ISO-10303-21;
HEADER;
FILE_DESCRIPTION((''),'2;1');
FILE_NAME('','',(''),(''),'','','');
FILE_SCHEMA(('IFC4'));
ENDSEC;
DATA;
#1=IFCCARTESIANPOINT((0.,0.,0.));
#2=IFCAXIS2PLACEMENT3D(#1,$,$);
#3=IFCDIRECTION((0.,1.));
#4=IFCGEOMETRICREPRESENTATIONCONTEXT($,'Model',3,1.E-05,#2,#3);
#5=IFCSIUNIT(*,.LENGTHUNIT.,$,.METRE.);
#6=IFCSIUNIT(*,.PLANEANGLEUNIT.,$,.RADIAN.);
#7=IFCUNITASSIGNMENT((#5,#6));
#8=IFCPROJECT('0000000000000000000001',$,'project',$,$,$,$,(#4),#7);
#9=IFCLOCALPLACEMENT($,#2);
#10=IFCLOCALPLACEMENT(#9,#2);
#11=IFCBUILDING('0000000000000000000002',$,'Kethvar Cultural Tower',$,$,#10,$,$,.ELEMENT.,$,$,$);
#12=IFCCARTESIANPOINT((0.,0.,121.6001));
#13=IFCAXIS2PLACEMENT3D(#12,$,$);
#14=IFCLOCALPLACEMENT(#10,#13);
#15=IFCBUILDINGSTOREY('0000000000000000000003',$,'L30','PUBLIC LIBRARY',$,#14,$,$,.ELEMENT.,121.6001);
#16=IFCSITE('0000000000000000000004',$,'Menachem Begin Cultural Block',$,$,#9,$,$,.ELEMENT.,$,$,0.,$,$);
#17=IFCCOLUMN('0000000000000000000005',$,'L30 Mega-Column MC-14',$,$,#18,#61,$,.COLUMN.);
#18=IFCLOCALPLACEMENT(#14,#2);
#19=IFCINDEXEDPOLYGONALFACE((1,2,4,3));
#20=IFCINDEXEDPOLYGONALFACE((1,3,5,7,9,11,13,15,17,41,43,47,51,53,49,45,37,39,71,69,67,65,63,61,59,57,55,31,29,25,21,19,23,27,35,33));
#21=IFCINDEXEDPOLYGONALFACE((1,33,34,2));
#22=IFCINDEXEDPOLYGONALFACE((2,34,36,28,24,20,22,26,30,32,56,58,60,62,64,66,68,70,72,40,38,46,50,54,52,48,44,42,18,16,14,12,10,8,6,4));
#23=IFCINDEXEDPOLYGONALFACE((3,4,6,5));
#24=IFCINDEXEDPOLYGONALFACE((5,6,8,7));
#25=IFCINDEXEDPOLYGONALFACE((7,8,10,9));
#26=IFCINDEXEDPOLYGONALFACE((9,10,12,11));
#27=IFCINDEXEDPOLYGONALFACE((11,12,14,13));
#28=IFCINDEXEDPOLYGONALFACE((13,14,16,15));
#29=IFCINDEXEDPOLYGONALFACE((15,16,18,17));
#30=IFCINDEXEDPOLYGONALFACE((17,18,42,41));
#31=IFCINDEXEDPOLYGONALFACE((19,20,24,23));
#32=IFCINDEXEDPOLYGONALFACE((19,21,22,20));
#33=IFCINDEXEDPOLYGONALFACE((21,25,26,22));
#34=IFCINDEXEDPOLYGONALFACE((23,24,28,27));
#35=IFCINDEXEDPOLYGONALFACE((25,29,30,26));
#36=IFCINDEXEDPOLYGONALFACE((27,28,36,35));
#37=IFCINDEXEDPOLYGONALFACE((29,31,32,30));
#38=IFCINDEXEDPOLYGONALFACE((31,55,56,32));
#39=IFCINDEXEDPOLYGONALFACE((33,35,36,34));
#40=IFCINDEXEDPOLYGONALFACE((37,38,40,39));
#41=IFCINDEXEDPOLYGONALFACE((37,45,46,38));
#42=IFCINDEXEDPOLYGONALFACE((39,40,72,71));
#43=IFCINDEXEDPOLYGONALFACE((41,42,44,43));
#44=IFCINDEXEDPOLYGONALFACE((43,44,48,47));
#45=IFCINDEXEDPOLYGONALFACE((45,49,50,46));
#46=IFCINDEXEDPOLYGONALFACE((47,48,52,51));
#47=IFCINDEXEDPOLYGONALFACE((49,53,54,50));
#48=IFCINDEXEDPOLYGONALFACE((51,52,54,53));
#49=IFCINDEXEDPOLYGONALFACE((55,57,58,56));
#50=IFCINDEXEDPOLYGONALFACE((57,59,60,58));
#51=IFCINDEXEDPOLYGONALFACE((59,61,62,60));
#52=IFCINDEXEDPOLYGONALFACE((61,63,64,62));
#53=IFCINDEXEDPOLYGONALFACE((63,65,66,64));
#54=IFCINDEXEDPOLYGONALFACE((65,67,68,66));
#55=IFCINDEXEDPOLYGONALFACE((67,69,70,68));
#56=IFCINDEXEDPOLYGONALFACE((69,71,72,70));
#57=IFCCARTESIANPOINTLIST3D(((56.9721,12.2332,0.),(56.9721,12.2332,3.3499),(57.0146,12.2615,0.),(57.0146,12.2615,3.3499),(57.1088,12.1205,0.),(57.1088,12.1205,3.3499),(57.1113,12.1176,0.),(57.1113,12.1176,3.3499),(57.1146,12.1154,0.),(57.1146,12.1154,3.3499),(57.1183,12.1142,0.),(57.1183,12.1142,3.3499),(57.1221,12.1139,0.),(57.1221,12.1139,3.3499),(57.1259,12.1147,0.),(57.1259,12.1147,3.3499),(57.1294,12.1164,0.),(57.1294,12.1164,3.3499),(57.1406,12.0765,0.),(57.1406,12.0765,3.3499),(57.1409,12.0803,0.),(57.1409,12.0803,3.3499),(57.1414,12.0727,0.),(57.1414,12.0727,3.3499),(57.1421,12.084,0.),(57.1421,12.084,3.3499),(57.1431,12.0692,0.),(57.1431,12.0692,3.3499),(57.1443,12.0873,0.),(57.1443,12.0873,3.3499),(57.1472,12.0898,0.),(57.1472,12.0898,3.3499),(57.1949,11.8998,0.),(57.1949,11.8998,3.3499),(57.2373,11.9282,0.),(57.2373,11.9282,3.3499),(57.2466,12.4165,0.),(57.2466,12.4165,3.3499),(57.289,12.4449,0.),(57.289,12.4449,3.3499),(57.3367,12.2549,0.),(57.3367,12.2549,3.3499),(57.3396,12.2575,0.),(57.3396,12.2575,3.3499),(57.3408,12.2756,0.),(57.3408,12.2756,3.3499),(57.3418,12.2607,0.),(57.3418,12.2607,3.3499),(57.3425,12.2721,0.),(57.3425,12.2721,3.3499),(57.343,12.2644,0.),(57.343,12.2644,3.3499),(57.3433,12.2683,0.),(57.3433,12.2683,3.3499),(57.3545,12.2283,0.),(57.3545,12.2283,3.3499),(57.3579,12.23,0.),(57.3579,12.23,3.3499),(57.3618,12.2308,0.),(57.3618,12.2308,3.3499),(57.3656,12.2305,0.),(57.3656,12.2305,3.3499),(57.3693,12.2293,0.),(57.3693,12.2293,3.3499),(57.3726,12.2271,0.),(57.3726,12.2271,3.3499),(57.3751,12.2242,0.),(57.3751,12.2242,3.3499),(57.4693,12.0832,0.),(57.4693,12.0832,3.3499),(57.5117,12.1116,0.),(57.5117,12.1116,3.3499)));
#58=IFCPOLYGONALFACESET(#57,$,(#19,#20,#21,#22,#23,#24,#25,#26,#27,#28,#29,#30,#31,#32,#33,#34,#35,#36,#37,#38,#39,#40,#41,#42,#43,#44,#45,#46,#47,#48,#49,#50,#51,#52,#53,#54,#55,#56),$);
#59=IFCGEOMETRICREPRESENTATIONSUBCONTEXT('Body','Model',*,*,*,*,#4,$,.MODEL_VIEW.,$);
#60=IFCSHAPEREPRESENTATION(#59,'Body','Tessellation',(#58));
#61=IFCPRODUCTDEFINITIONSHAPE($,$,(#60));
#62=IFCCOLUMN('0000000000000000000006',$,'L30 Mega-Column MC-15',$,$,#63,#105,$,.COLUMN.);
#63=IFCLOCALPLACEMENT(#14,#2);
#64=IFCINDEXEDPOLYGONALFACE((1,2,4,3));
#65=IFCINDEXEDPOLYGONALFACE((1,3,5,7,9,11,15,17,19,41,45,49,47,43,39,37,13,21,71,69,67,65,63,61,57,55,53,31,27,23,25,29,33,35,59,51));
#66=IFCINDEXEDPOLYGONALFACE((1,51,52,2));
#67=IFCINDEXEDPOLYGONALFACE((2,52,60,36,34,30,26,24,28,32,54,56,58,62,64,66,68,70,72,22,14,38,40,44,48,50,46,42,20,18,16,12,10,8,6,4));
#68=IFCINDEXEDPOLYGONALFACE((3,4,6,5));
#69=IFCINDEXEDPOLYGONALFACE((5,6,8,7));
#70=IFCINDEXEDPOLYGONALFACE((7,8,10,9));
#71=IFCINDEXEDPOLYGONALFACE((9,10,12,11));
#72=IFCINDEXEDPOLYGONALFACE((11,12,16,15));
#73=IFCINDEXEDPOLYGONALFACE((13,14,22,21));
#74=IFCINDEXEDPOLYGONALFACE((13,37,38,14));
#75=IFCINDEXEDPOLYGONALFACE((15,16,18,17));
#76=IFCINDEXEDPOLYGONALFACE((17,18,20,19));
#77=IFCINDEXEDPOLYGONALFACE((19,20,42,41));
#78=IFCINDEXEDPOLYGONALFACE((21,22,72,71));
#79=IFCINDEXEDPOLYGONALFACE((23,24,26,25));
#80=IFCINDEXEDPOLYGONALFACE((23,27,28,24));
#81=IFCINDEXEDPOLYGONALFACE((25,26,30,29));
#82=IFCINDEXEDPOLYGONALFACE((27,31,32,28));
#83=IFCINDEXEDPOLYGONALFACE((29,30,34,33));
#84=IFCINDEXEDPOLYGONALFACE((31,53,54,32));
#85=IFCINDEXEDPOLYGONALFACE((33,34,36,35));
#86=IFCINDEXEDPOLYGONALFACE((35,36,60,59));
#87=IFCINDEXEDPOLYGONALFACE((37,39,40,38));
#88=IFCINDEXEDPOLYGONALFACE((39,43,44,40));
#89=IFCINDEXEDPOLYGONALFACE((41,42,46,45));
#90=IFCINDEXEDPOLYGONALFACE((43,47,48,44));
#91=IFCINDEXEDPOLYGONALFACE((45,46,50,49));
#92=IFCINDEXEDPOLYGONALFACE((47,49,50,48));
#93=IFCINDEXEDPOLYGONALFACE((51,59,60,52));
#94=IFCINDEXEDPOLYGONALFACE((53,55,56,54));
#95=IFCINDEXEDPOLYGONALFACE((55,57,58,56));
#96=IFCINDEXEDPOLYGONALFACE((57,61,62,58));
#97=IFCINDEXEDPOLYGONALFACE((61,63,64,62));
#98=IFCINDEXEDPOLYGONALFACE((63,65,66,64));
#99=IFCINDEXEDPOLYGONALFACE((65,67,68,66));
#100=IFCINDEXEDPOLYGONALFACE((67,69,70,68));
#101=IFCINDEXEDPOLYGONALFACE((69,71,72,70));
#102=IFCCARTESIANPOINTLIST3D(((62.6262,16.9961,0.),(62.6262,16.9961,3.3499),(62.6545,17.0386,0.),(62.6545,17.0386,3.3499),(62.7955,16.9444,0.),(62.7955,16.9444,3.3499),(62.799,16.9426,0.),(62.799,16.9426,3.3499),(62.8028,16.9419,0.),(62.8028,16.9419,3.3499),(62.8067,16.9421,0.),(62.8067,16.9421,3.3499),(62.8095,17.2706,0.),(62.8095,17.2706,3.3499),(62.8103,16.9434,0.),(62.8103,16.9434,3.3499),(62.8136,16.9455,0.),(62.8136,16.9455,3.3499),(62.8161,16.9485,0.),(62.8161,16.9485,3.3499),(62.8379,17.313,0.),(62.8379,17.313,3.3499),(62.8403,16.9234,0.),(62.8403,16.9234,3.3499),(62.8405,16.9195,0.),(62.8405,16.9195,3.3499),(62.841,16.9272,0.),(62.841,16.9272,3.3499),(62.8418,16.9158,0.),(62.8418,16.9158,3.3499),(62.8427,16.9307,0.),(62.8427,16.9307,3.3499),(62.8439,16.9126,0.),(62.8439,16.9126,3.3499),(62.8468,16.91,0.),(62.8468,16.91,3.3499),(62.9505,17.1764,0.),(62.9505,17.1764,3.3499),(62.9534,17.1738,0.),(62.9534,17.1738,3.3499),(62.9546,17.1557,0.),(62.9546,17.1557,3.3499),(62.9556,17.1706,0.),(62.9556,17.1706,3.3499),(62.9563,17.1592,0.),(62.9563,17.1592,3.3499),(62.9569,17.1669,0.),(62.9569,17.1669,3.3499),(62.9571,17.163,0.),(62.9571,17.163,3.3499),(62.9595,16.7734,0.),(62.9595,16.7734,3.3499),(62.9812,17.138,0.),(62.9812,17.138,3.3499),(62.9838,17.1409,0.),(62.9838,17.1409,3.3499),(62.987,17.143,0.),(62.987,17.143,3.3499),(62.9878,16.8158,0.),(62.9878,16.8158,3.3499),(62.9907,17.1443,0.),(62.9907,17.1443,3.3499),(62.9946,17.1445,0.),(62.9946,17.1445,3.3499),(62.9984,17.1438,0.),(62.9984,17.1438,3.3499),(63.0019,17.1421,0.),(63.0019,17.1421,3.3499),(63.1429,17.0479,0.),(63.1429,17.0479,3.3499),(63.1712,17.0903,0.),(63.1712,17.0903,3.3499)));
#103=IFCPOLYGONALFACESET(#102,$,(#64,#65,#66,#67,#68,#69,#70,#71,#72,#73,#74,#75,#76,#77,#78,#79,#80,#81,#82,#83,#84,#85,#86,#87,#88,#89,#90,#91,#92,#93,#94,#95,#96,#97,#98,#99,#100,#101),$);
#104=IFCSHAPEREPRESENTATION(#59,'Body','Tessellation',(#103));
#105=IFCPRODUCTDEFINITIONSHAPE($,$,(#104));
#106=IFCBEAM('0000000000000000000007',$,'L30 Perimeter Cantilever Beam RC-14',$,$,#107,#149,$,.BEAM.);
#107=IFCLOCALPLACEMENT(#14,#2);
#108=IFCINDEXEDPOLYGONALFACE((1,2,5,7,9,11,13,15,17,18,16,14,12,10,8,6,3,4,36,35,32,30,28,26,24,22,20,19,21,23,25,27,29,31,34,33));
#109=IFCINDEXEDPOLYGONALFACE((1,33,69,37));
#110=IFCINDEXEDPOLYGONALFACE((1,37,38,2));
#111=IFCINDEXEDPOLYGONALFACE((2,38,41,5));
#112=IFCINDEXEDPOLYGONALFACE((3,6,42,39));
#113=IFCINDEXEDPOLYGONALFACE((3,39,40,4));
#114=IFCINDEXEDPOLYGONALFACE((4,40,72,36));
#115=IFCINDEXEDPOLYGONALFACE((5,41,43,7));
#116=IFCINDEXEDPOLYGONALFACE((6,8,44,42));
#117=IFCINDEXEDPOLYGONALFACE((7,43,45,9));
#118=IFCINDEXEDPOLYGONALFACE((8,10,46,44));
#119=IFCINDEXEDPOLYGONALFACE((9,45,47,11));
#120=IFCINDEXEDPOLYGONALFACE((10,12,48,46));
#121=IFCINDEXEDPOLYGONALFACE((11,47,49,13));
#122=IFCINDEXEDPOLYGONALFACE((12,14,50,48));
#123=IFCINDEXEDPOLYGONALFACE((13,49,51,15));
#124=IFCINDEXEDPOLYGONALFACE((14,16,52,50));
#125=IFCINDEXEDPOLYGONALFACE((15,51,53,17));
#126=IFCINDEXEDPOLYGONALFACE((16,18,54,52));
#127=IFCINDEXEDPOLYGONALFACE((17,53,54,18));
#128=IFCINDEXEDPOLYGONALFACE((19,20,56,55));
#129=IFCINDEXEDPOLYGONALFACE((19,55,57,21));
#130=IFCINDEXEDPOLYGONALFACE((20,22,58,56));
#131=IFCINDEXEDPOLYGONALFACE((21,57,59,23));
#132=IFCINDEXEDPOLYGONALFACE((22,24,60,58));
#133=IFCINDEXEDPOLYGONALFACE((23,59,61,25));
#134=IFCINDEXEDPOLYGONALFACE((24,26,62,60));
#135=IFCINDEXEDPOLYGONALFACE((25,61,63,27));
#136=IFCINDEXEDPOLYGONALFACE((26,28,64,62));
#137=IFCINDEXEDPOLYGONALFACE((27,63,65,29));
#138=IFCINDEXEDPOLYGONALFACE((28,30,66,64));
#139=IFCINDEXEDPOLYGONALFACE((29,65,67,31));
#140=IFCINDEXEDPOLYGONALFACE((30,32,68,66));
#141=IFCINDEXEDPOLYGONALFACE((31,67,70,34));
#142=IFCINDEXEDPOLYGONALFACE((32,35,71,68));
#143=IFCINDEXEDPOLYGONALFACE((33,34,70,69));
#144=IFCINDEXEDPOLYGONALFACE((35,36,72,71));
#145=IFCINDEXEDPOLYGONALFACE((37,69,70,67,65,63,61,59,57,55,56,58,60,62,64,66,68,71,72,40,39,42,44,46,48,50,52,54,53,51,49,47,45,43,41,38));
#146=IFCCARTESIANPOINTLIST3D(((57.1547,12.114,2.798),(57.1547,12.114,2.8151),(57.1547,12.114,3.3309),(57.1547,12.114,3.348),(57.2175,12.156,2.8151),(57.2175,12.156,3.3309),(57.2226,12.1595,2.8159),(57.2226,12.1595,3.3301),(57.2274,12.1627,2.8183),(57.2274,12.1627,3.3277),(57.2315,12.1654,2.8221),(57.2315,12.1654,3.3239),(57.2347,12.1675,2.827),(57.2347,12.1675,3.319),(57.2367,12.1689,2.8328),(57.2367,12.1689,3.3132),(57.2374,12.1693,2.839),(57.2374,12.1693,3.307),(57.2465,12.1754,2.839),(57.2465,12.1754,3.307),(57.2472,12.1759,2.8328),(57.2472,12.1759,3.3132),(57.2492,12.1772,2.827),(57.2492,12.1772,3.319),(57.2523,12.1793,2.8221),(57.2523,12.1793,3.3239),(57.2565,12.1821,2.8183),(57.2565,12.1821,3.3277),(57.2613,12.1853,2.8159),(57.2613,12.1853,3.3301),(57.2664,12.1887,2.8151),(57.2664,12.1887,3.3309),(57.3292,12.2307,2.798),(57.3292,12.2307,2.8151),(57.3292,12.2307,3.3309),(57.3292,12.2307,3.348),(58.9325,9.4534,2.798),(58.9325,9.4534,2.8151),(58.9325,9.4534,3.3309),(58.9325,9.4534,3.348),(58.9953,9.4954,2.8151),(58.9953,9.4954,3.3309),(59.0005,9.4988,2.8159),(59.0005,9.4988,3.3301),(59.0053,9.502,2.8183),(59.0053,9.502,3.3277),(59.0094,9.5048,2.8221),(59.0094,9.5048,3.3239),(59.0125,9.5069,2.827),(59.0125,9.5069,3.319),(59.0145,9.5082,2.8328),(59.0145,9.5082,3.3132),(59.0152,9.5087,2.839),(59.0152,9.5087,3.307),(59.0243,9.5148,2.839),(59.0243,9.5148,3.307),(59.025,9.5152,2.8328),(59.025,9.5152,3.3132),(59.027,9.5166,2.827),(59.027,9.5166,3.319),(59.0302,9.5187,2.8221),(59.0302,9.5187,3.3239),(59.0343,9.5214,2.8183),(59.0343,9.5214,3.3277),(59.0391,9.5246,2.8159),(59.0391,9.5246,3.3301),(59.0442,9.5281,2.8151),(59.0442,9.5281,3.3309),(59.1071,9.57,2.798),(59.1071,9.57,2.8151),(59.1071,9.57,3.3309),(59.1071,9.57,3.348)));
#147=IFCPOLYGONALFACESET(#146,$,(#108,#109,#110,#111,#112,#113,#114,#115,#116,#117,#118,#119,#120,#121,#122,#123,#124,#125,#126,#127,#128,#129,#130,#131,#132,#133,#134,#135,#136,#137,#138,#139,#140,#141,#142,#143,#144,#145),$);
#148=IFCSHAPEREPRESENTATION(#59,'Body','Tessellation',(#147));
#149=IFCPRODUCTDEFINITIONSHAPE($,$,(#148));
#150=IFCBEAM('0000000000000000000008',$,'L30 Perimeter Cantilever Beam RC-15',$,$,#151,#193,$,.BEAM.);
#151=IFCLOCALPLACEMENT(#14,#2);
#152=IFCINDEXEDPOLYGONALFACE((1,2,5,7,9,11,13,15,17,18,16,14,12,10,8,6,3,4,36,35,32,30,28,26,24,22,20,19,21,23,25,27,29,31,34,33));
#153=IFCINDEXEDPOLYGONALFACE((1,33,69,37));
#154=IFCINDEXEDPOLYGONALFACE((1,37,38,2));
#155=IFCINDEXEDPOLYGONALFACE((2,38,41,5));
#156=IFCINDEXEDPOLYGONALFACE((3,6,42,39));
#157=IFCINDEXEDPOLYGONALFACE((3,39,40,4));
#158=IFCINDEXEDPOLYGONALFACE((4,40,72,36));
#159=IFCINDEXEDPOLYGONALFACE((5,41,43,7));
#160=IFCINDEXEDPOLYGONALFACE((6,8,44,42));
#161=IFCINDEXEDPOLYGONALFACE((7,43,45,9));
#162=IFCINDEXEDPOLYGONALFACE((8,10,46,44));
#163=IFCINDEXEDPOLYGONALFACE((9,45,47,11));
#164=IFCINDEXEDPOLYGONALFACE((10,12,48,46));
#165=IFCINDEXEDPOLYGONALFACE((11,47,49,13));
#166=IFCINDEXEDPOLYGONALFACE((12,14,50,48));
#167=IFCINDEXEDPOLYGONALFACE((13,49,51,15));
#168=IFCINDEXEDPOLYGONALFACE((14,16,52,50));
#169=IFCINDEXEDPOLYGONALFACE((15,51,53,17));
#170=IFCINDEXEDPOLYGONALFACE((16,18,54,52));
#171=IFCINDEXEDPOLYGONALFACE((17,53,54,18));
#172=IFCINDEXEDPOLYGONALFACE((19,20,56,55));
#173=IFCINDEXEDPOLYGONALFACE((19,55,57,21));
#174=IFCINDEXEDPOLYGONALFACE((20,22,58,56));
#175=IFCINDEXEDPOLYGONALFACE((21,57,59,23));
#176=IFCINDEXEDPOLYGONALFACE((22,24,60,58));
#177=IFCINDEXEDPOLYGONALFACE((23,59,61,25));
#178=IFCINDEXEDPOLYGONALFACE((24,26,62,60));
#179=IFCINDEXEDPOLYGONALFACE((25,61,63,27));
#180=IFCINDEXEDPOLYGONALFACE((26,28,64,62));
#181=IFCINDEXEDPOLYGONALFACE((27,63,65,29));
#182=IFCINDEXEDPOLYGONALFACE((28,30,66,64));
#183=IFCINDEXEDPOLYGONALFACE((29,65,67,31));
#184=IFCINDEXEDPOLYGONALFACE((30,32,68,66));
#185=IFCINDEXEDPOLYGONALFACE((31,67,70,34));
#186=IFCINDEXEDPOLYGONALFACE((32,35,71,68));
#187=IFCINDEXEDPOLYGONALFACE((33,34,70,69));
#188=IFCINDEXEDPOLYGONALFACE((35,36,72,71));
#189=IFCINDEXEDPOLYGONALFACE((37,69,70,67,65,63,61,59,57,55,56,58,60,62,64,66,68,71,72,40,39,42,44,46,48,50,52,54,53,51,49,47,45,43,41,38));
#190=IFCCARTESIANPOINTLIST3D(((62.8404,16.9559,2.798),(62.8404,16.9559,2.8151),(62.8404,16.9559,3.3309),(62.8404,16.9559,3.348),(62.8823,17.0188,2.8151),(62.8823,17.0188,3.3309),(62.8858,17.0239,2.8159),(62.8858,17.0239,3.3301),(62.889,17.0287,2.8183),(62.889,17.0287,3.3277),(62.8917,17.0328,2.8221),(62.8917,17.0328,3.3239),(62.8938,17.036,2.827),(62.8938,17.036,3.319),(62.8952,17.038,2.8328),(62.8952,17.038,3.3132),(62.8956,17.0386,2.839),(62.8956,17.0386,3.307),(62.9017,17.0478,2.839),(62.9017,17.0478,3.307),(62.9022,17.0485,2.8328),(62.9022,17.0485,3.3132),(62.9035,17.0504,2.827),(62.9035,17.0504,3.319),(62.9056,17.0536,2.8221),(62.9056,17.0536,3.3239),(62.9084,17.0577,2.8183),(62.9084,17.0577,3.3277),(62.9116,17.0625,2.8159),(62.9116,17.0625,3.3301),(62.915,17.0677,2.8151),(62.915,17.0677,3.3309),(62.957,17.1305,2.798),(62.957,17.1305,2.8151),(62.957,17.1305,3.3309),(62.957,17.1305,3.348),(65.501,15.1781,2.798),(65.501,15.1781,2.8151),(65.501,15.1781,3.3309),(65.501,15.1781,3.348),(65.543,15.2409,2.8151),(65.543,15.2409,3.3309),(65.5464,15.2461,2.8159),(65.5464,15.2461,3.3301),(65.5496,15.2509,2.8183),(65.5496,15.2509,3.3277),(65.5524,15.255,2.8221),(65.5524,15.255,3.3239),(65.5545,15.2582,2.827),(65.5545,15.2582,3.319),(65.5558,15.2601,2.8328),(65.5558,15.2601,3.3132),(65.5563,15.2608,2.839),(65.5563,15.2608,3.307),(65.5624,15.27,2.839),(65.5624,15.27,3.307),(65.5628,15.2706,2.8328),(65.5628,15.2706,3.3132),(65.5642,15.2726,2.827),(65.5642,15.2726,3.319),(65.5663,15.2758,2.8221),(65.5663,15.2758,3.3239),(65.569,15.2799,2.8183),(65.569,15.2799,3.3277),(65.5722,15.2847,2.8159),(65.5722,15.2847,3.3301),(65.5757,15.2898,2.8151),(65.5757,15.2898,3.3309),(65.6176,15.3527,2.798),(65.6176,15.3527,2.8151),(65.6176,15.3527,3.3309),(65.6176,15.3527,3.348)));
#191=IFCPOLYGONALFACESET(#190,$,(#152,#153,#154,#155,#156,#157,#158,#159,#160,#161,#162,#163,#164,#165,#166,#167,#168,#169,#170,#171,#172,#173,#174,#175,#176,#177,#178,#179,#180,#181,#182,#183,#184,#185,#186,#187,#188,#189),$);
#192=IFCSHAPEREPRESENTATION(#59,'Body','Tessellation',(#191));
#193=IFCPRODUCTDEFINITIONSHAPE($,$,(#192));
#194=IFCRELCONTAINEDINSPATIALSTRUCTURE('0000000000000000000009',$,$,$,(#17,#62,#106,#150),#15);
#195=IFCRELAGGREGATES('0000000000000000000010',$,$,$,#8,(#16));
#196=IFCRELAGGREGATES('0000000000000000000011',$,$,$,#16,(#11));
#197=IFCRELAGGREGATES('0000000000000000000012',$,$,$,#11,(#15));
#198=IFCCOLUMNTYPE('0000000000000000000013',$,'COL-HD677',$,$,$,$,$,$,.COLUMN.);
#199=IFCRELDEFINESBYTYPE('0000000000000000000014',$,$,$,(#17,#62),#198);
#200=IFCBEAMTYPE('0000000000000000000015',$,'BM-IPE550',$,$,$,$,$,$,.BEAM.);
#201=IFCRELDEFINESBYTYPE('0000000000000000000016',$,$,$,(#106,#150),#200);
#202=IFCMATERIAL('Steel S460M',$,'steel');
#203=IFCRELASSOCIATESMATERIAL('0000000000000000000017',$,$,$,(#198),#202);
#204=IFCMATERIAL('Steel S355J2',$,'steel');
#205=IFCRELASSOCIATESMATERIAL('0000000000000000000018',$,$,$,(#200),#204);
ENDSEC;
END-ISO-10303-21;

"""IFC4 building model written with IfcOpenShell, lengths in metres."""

from ifc_helpers import new_model, si_unit, direction, frame, origin, origin_2d, place, context, subcontext, project, spatial, i_section, extrude, source, transform, mapped, material, material_profile, profile_set, type_object, element, save


model = new_model("IFC4")

# Units and contexts
model_context = context("Model", 3, precision=1e-05, world=origin(), true_north=direction((0.0, 1.0)))
body_context = subcontext(model_context, "Body", "Model", "MODEL_VIEW")
ifc_project = project(units=[si_unit("LENGTHUNIT", "METRE"), si_unit("PLANEANGLEUNIT", "RADIAN")], contexts=[model_context])

# Site, building, storey
site_placement = place(None, origin())
site = spatial("IfcSite", under=ifc_project, at=site_placement, Name="Menachem Begin Cultural Block", CompositionType="ELEMENT", RefElevation=0.0)
building_placement = place(site_placement, origin())
building = spatial("IfcBuilding", under=site, at=building_placement, Name="Kethvar Cultural Tower", CompositionType="ELEMENT")
storey_placement = place(building_placement, frame((0.0, 0.0, 121.6001)))
storey = spatial("IfcBuildingStorey", under=building, at=storey_placement, Name="L30", Description="PUBLIC LIBRARY", CompositionType="ELEMENT", Elevation=121.6001)

# Columns
ifc_material_1 = material(Name="Steel S460M", Category="steel")
ifc_material_profile_1 = material_profile(ifc_material_1, i_section(OverallWidth=0.4009, OverallDepth=0.3811, WebThickness=0.032, FlangeThickness=0.051, FilletRadius=0.0149, at=origin_2d()), Name="Steel S460M — HD400x677")
ifc_profile_set_1 = profile_set([ifc_material_profile_1], Name="Steel S460M — HD400x677")
column_type = type_object("IfcColumnType", Name="COL-HD677", PredefinedType="COLUMN", material=ifc_profile_set_1)
shared_shape_1 = source(origin(), body_context, "Body", "SweptSolid", [
    extrude(i_section(OverallWidth=0.4009, OverallDepth=0.3811, WebThickness=0.032, FlangeThickness=0.051, FilletRadius=0.0149, at=origin_2d()), origin(), (0.0, 0.0, 1.0), 3.3499),
])
for number, where, z_axis, x_axis, name in (
    (1, (57.2419, 12.1724, 0.0), (0.0, 0.0, 1.0), (0.55557, -0.83147, 0.0), "L30 Mega-Column MC-14"),
    (2, (62.8987, 17.0432, 0.0), (0.0, 0.0, 1.0), (0.83147, -0.55557, 0.0), "L30 Mega-Column MC-15"),
):
    element("IfcColumn", number, at=place(storey_placement, frame(where, z_axis=z_axis, x_axis=x_axis)), inside=storey, type_object=column_type, Name=name, PredefinedType="COLUMN", context=body_context, shape_type="MappedRepresentation", body=[
        mapped(shared_shape_1, transform((0.0, 0.0, 0.0), scale=1.0)),
    ])

# Beams
ifc_material_2 = material(Name="Steel S355J2", Category="steel")
ifc_material_profile_2 = material_profile(ifc_material_2, i_section(OverallWidth=0.21, OverallDepth=0.55, WebThickness=0.011, FlangeThickness=0.0171, FilletRadius=0.0239, at=origin_2d()), Name="Steel S355J2 — IPE550")
ifc_profile_set_2 = profile_set([ifc_material_profile_2], Name="Steel S355J2 — IPE550")
beam_type_1 = type_object("IfcBeamType", Name="BM-IPE550", PredefinedType="BEAM", material=ifc_profile_set_2)
shared_shape_2 = source(origin(), body_context, "Body", "SweptSolid", [
    extrude(i_section(OverallWidth=0.21, OverallDepth=0.55, WebThickness=0.011, FlangeThickness=0.0171, FilletRadius=0.0239, at=origin_2d()), origin(), (0.0, 0.0, 1.0), 3.2),
])
for number, where, z_axis, x_axis, name in (
    (3, (57.2419, 12.1724, 3.073), (0.55558, -0.831463, 0.0), (0.831463, 0.55558, 0.0), "L30 Perimeter Cantilever Beam RC-14"),
    (4, (62.8987, 17.0432, 3.073), (0.831463, -0.55558, 0.0), (0.55558, 0.831463, 0.0), "L30 Perimeter Cantilever Beam RC-15"),
):
    element("IfcBeam", number, at=place(storey_placement, frame(where, z_axis=z_axis, x_axis=x_axis)), inside=storey, type_object=beam_type_1, Name=name, PredefinedType="BEAM", context=body_context, shape_type="MappedRepresentation", body=[
        mapped(shared_shape_2, transform((0.0, 0.0, 0.0), scale=1.0)),
    ])

save(model, "model.ifc")
